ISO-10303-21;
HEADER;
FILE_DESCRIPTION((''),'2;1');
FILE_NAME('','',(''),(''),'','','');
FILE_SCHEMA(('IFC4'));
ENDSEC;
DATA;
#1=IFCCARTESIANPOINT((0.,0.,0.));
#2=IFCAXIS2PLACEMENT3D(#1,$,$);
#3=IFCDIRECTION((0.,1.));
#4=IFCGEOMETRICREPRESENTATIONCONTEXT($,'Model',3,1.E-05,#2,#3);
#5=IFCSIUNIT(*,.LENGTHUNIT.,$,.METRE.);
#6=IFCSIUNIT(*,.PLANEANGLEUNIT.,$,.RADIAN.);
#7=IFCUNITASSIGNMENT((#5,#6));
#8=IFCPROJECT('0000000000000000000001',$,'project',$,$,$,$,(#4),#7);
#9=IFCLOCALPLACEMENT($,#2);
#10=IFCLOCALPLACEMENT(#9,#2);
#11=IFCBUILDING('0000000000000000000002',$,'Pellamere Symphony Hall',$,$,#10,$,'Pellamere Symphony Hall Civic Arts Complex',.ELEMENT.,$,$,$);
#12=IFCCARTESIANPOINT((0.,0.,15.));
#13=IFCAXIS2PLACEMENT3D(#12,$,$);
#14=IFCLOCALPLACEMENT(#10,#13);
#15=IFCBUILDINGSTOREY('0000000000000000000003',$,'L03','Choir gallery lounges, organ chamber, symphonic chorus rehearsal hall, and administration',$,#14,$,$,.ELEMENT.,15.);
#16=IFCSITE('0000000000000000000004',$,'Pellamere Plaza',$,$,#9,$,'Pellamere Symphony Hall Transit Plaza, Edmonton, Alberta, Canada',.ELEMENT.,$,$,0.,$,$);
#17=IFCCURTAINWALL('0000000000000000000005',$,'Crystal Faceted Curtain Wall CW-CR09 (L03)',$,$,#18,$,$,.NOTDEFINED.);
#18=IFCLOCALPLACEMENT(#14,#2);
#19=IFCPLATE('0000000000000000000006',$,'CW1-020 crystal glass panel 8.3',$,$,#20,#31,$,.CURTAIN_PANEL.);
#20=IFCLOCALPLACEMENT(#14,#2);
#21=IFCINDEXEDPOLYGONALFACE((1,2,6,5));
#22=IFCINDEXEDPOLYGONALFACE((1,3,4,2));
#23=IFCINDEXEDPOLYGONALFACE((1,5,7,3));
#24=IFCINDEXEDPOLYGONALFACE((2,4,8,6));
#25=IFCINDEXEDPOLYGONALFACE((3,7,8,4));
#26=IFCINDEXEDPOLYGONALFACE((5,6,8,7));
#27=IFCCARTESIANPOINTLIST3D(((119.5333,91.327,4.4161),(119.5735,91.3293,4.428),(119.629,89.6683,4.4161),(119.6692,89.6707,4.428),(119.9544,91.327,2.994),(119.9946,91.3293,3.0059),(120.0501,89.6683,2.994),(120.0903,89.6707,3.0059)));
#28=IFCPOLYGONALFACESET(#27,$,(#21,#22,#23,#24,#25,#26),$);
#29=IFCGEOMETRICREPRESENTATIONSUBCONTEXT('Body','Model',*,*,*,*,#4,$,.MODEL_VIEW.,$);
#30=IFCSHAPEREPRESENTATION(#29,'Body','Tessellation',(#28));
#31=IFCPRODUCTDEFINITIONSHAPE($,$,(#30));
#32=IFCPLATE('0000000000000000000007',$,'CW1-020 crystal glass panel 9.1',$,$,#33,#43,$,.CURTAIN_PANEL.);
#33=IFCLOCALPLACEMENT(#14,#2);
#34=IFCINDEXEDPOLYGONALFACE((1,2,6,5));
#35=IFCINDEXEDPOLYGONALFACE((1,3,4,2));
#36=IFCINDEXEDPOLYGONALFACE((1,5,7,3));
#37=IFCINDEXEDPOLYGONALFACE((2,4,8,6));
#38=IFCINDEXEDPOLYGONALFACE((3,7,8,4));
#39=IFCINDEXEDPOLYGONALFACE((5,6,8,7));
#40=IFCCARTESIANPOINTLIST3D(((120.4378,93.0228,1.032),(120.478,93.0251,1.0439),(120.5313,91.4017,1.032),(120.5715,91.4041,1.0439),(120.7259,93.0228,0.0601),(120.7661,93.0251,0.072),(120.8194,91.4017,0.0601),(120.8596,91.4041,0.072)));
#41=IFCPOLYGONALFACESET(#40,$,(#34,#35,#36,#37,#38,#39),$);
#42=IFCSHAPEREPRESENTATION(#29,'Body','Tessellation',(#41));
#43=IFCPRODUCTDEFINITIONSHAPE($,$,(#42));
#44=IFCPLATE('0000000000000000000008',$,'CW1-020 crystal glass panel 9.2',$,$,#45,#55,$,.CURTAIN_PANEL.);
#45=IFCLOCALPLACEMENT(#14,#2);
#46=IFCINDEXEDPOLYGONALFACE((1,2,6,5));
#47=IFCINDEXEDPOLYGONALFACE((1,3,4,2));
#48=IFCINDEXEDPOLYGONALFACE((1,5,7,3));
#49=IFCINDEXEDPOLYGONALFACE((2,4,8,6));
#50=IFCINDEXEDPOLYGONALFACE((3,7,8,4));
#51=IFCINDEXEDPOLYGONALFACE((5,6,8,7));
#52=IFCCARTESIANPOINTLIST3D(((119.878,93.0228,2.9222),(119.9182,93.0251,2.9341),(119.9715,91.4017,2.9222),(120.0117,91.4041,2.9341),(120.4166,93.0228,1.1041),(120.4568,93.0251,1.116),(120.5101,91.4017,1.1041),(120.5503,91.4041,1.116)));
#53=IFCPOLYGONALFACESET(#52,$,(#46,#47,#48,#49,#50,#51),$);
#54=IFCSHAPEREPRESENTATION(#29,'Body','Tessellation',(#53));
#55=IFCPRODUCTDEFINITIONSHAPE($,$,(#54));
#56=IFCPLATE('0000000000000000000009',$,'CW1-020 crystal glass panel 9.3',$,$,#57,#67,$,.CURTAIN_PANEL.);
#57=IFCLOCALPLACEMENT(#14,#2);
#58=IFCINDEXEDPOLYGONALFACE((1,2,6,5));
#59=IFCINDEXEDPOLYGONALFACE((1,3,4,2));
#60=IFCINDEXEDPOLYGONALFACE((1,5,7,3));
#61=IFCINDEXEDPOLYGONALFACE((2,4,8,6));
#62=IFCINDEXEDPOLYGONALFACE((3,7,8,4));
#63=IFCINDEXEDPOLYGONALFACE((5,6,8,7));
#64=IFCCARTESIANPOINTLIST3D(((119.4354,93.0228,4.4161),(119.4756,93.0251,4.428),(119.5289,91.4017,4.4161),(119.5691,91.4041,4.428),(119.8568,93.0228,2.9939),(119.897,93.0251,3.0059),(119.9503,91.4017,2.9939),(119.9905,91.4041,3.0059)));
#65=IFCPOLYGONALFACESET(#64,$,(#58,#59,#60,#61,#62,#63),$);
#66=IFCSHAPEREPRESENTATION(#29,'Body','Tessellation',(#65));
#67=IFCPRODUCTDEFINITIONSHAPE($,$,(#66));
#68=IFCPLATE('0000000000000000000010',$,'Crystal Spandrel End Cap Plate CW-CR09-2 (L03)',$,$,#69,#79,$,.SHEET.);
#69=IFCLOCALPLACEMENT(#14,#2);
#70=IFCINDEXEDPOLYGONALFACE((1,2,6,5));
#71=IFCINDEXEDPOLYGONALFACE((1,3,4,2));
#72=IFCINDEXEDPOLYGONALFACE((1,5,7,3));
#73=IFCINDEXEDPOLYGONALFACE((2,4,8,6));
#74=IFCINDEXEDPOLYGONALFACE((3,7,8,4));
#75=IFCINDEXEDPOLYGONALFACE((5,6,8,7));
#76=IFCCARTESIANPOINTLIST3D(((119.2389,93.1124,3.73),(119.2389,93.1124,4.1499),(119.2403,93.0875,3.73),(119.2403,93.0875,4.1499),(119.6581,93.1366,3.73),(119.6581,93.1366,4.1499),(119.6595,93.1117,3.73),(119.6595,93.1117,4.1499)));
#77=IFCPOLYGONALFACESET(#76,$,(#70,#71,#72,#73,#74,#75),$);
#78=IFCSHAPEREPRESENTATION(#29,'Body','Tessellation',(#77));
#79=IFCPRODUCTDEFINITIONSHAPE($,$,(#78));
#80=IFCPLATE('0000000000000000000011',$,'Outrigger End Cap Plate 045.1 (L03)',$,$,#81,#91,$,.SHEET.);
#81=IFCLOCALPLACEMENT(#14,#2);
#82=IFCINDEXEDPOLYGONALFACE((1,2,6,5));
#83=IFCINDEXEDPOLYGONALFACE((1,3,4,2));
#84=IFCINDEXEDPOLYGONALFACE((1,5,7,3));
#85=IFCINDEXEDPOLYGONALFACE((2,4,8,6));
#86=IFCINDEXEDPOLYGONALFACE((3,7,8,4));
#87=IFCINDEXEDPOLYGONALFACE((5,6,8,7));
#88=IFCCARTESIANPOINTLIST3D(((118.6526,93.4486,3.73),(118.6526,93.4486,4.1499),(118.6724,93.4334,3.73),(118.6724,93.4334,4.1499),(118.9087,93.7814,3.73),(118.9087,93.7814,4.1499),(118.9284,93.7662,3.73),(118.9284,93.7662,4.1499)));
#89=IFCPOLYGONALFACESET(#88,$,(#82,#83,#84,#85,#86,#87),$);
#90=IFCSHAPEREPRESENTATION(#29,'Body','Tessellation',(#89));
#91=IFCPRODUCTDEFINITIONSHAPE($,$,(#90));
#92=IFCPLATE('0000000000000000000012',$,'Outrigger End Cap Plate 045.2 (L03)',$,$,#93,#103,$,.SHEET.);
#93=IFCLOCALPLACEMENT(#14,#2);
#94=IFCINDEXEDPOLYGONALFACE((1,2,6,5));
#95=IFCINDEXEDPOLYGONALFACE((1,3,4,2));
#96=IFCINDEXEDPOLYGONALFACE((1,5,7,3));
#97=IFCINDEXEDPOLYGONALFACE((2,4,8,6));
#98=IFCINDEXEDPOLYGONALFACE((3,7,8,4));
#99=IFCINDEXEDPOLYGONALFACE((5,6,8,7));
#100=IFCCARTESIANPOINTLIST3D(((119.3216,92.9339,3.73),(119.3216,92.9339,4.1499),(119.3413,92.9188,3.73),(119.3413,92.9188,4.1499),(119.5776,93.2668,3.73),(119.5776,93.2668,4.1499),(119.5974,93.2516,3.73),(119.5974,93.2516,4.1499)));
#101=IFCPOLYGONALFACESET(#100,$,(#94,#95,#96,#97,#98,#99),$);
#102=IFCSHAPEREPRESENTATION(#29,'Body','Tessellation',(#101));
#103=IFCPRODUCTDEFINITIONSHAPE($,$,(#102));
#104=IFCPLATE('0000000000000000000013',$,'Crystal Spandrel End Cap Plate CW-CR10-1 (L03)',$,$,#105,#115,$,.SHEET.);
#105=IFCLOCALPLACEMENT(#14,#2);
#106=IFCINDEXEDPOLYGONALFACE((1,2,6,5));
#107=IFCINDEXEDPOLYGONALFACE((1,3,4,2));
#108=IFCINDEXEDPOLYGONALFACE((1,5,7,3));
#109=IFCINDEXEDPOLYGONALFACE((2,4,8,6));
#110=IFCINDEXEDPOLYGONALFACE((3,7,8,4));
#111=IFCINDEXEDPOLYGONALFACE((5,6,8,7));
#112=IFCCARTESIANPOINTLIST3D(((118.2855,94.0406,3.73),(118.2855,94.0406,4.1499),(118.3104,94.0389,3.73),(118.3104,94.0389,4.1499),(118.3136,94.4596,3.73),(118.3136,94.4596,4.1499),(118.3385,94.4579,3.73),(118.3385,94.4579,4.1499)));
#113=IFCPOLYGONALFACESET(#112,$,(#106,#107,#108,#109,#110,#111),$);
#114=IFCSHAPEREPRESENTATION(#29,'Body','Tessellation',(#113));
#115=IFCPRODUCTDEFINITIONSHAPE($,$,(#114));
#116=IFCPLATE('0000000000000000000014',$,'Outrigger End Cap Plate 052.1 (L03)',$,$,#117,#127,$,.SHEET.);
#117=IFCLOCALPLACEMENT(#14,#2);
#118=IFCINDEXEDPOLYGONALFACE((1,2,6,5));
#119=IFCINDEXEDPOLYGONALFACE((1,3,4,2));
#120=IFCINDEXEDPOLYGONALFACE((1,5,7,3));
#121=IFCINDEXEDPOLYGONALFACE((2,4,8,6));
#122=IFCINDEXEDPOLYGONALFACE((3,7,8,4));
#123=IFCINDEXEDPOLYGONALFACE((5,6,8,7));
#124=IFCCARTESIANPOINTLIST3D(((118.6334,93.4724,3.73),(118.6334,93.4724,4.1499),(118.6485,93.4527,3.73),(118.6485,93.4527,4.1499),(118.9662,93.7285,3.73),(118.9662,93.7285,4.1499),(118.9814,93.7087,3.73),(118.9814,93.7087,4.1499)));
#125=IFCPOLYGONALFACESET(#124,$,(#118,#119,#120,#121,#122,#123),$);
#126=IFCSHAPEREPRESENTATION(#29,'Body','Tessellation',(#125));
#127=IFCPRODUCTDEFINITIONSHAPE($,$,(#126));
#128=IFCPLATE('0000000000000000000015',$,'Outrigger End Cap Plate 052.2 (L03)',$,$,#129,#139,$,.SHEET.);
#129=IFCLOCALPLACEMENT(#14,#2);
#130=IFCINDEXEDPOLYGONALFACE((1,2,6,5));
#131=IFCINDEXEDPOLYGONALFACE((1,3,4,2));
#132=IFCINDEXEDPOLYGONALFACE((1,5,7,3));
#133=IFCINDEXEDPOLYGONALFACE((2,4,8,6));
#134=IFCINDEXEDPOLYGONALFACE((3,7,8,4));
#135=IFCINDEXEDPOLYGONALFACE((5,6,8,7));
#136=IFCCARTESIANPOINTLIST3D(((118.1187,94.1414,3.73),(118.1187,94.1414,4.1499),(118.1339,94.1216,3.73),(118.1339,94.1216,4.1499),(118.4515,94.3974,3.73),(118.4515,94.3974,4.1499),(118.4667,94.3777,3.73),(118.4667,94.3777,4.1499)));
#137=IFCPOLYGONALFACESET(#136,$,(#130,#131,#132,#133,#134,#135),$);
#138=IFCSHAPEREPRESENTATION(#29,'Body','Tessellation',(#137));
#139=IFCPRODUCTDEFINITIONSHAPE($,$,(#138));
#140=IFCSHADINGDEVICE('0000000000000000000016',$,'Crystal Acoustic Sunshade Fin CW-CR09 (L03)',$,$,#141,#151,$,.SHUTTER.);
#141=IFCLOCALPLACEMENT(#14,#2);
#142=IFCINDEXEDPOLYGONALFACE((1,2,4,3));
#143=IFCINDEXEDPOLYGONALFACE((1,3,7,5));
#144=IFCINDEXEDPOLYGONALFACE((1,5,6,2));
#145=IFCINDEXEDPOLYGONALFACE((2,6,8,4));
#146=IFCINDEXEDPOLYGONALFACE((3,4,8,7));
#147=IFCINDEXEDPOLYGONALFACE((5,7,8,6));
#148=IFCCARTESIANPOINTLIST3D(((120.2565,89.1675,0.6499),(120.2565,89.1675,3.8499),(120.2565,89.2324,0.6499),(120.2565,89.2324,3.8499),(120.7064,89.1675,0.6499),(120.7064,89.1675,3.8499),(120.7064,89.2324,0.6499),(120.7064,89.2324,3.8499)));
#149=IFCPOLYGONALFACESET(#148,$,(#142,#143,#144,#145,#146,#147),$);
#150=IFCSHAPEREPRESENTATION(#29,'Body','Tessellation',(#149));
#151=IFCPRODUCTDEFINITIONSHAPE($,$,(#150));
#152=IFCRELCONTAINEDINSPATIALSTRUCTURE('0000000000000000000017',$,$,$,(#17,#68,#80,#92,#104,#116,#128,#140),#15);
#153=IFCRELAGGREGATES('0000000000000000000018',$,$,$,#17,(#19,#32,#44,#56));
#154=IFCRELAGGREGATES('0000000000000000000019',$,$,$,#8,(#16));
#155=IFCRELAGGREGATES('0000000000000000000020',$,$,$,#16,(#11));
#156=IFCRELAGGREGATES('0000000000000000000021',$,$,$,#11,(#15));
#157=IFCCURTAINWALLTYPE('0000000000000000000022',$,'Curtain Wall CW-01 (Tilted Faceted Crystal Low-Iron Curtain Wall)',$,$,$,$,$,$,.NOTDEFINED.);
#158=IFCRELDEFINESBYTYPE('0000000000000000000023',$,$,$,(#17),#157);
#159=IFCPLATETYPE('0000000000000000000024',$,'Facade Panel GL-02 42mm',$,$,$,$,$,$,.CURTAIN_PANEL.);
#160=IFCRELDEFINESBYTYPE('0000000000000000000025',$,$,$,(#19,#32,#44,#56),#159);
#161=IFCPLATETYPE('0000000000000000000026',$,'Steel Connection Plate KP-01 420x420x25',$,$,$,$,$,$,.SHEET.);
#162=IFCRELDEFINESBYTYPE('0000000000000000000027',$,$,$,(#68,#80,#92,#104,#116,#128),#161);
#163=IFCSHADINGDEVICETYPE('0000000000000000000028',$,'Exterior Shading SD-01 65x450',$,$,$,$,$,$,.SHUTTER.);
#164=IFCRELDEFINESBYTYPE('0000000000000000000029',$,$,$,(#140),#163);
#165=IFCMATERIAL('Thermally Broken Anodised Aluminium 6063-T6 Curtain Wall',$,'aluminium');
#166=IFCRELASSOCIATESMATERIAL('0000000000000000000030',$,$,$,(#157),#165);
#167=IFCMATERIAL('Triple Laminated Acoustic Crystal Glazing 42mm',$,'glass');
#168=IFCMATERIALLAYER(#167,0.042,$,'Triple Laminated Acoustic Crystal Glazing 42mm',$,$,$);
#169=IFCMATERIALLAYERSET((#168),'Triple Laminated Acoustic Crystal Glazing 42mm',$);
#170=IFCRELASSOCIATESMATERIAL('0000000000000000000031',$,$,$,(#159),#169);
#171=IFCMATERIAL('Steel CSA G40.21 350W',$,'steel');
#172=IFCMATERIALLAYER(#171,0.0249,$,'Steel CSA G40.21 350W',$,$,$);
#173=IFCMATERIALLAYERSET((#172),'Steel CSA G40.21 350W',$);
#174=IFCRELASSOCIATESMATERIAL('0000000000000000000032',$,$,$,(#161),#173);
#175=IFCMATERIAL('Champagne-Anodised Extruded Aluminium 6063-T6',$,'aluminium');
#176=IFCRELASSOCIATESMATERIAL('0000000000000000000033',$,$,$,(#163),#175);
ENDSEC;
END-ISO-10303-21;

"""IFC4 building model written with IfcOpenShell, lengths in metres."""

from ifc_helpers import new_model, si_unit, direction, frame, origin, origin_2d, place, context, subcontext, project, spatial, polyline, rectangle, outline, extrude, material, layer, layer_set, type_object, element, aggregate, save


model = new_model("IFC4")

# Units and contexts
model_context = context("Model", 3, precision=1e-05, world=origin(), true_north=direction((0.0, 1.0)))
body_context = subcontext(model_context, "Body", "Model", "MODEL_VIEW")
ifc_project = project(units=[si_unit("LENGTHUNIT", "METRE"), si_unit("PLANEANGLEUNIT", "RADIAN")], contexts=[model_context])

# Site, building, storey
site_placement = place(None, origin())
site = spatial("IfcSite", under=ifc_project, at=site_placement, Name="Pellamere Plaza", LongName="Pellamere Symphony Hall Transit Plaza, Edmonton, Alberta, Canada", CompositionType="ELEMENT", RefElevation=0.0)
building_placement = place(site_placement, origin())
building = spatial("IfcBuilding", under=site, at=building_placement, Name="Pellamere Symphony Hall", LongName="Pellamere Symphony Hall Civic Arts Complex", CompositionType="ELEMENT")
storey_placement = place(building_placement, frame((0.0, 0.0, 15.0)))
storey = spatial("IfcBuildingStorey", under=building, at=storey_placement, Name="L03", Description="Choir gallery lounges, organ chamber, symphonic chorus rehearsal hall, and administration", CompositionType="ELEMENT", Elevation=15.0)

# Curtain wall
ifc_material_1 = material(Name="Thermally Broken Anodised Aluminium 6063-T6 Curtain Wall", Category="aluminium")
curtain_wall_type = type_object("IfcCurtainWallType", Name="Curtain Wall CW-01 (Tilted Faceted Crystal Low-Iron Curtain Wall)", PredefinedType="NOTDEFINED", material=ifc_material_1)
curtain_wall_1_placement = place(storey_placement, origin())
curtain_wall_1 = element("IfcCurtainWall", 1, at=curtain_wall_1_placement, inside=storey, type_object=curtain_wall_type, Name="Crystal Faceted Curtain Wall CW-CR09 (L03)", PredefinedType="NOTDEFINED")

# Shared definitions
ifc_material_2 = material(Name="Steel CSA G40.21 350W", Category="steel")

# Plates
ifc_material_3 = material(Name="Triple Laminated Acoustic Crystal Glazing 42mm", Category="glass")
ifc_layer_1 = layer(ifc_material_3, 0.042, Name="Triple Laminated Acoustic Crystal Glazing 42mm")
ifc_layer_set_1 = layer_set([ifc_layer_1], Name="Triple Laminated Acoustic Crystal Glazing 42mm")
plate_type_1 = type_object("IfcPlateType", Name="Facade Panel GL-02 42mm", PredefinedType="CURTAIN_PANEL", material=ifc_layer_set_1)
plate_1_placement = place(storey_placement, frame((120.0903, 89.6707, 3.0059), z_axis=(0.957376, 0.055239, 0.283515), x_axis=(-0.057602, 0.99834, 0.0)))
plate_1 = element("IfcPlate", 2, at=plate_1_placement, type_object=plate_type_1, Name="CW1-020 crystal glass panel 8.3", PredefinedType="CURTAIN_PANEL", context=body_context, shape_type="SweptSolid", body=[
    extrude(outline(polyline([(0.0, 0.0), (1.6615, 0.0), (1.6857, 1.483), (0.0243, 1.483), (0.0, 0.0)])), origin(), (0.0, 0.0, -1.0), 0.042),
])
plate_2_placement = place(storey_placement, frame((120.8596, 91.4041, 0.072), z_axis=(0.957306, 0.055218, 0.283753), x_axis=(-0.057585, 0.998341, 0.0)))
plate_2 = element("IfcPlate", 3, at=plate_2_placement, type_object=plate_type_1, Name="CW1-020 crystal glass panel 9.1", PredefinedType="CURTAIN_PANEL", context=body_context, shape_type="SweptSolid", body=[
    extrude(outline(polyline([(0.0, 0.0), (1.6238, 0.0), (1.6404, 1.0136), (0.0166, 1.0136), (0.0, 0.0)])), origin(), (0.0, 0.0, -1.0), 0.042),
])
plate_3_placement = place(storey_placement, frame((120.5503, 91.4041, 1.116), z_axis=(0.957353, 0.055221, 0.283594), x_axis=(-0.057585, 0.998341, 0.0)))
plate_3 = element("IfcPlate", 4, at=plate_3_placement, type_object=plate_type_1, Name="CW1-020 crystal glass panel 9.2", PredefinedType="CURTAIN_PANEL", context=body_context, shape_type="SweptSolid", body=[
    extrude(outline(polyline([(0.0, 0.0), (1.6238, 0.0), (1.6548, 1.896), (0.031, 1.896), (0.0, 0.0)])), origin(), (0.0, 0.0, -1.0), 0.042),
])
plate_4_placement = place(storey_placement, frame((119.9905, 91.4041, 3.0059), z_axis=(0.957332, 0.05522, 0.283666), x_axis=(-0.057585, 0.998341, 0.0)))
plate_4 = element("IfcPlate", 5, at=plate_4_placement, type_object=plate_type_1, Name="CW1-020 crystal glass panel 9.3", PredefinedType="CURTAIN_PANEL", context=body_context, shape_type="SweptSolid", body=[
    extrude(outline(polyline([(0.0, 0.0), (1.6238, 0.0), (1.6481, 1.483), (0.0243, 1.483), (0.0, 0.0)])), origin(), (0.0, 0.0, -1.0), 0.042),
])
aggregate(curtain_wall_1, [plate_1, plate_2, plate_3, plate_4])

# Plates
ifc_layer_2 = layer(ifc_material_2, 0.0249, Name="Steel CSA G40.21 350W")
ifc_layer_set_2 = layer_set([ifc_layer_2], Name="Steel CSA G40.21 350W")
plate_type_2 = type_object("IfcPlateType", Name="Steel Connection Plate KP-01 420x420x25", PredefinedType="SHEET", material=ifc_layer_set_2)
for number, where, z_axis, x_axis, name in (
    (6, (119.4492, 93.1121, 3.73), (0.0, 0.0, 1.0), (-0.057564, 0.998342, 0.0), "Crystal Spandrel End Cap Plate CW-CR09-2 (L03)"),
    (7, (118.7905, 93.6074, 3.73), (0.0, 0.0, 1.0), (0.792609, -0.60973, 0.0), "Outrigger End Cap Plate 045.1 (L03)"),
    (8, (119.4595, 93.0928, 3.73), (0.0, 0.0, 1.0), (0.792609, -0.60973, 0.0), "Outrigger End Cap Plate 045.2 (L03)"),
    (9, (118.312, 94.2493, 3.73), (0.0, 0.0, 1.0), (-0.997755, 0.06697, 0.0), "Crystal Spandrel End Cap Plate CW-CR10-1 (L03)"),
    (10, (118.8074, 93.5906, 3.73), (0.0, 0.0, 1.0), (-0.60973, 0.792609, 0.0), "Outrigger End Cap Plate 052.1 (L03)"),
    (11, (118.2927, 94.2595, 3.73), (0.0, 0.0, 1.0), (-0.60973, 0.792609, 0.0), "Outrigger End Cap Plate 052.2 (L03)"),
):
    element("IfcPlate", number, at=place(storey_placement, frame(where, z_axis=z_axis, x_axis=x_axis)), inside=storey, type_object=plate_type_2, Name=name, PredefinedType="SHEET", context=body_context, shape_type="SweptSolid", body=[
        extrude(rectangle(XDim=0.0249, YDim=0.4199, at=origin_2d()), origin(), (0.0, 0.0, 1.0), 0.4199),
    ])

# Shading device
ifc_material_4 = material(Name="Champagne-Anodised Extruded Aluminium 6063-T6", Category="aluminium")
shading_device_type = type_object("IfcShadingDeviceType", Name="Exterior Shading SD-01 65x450", PredefinedType="SHUTTER", material=ifc_material_4)
shading_device_placement = place(storey_placement, frame((120.4814, 89.2, 0.6499), z_axis=(0.0, 0.0, 1.0), x_axis=(0.0, 1.0, 0.0)))
element("IfcShadingDevice", 12, at=shading_device_placement, inside=storey, type_object=shading_device_type, Name="Crystal Acoustic Sunshade Fin CW-CR09 (L03)", PredefinedType="SHUTTER", context=body_context, shape_type="SweptSolid", body=[
    extrude(rectangle(XDim=0.0649, YDim=0.45, at=origin_2d()), origin(), (0.0, 0.0, 1.0), 3.2),
])

save(model, "model.ifc")
